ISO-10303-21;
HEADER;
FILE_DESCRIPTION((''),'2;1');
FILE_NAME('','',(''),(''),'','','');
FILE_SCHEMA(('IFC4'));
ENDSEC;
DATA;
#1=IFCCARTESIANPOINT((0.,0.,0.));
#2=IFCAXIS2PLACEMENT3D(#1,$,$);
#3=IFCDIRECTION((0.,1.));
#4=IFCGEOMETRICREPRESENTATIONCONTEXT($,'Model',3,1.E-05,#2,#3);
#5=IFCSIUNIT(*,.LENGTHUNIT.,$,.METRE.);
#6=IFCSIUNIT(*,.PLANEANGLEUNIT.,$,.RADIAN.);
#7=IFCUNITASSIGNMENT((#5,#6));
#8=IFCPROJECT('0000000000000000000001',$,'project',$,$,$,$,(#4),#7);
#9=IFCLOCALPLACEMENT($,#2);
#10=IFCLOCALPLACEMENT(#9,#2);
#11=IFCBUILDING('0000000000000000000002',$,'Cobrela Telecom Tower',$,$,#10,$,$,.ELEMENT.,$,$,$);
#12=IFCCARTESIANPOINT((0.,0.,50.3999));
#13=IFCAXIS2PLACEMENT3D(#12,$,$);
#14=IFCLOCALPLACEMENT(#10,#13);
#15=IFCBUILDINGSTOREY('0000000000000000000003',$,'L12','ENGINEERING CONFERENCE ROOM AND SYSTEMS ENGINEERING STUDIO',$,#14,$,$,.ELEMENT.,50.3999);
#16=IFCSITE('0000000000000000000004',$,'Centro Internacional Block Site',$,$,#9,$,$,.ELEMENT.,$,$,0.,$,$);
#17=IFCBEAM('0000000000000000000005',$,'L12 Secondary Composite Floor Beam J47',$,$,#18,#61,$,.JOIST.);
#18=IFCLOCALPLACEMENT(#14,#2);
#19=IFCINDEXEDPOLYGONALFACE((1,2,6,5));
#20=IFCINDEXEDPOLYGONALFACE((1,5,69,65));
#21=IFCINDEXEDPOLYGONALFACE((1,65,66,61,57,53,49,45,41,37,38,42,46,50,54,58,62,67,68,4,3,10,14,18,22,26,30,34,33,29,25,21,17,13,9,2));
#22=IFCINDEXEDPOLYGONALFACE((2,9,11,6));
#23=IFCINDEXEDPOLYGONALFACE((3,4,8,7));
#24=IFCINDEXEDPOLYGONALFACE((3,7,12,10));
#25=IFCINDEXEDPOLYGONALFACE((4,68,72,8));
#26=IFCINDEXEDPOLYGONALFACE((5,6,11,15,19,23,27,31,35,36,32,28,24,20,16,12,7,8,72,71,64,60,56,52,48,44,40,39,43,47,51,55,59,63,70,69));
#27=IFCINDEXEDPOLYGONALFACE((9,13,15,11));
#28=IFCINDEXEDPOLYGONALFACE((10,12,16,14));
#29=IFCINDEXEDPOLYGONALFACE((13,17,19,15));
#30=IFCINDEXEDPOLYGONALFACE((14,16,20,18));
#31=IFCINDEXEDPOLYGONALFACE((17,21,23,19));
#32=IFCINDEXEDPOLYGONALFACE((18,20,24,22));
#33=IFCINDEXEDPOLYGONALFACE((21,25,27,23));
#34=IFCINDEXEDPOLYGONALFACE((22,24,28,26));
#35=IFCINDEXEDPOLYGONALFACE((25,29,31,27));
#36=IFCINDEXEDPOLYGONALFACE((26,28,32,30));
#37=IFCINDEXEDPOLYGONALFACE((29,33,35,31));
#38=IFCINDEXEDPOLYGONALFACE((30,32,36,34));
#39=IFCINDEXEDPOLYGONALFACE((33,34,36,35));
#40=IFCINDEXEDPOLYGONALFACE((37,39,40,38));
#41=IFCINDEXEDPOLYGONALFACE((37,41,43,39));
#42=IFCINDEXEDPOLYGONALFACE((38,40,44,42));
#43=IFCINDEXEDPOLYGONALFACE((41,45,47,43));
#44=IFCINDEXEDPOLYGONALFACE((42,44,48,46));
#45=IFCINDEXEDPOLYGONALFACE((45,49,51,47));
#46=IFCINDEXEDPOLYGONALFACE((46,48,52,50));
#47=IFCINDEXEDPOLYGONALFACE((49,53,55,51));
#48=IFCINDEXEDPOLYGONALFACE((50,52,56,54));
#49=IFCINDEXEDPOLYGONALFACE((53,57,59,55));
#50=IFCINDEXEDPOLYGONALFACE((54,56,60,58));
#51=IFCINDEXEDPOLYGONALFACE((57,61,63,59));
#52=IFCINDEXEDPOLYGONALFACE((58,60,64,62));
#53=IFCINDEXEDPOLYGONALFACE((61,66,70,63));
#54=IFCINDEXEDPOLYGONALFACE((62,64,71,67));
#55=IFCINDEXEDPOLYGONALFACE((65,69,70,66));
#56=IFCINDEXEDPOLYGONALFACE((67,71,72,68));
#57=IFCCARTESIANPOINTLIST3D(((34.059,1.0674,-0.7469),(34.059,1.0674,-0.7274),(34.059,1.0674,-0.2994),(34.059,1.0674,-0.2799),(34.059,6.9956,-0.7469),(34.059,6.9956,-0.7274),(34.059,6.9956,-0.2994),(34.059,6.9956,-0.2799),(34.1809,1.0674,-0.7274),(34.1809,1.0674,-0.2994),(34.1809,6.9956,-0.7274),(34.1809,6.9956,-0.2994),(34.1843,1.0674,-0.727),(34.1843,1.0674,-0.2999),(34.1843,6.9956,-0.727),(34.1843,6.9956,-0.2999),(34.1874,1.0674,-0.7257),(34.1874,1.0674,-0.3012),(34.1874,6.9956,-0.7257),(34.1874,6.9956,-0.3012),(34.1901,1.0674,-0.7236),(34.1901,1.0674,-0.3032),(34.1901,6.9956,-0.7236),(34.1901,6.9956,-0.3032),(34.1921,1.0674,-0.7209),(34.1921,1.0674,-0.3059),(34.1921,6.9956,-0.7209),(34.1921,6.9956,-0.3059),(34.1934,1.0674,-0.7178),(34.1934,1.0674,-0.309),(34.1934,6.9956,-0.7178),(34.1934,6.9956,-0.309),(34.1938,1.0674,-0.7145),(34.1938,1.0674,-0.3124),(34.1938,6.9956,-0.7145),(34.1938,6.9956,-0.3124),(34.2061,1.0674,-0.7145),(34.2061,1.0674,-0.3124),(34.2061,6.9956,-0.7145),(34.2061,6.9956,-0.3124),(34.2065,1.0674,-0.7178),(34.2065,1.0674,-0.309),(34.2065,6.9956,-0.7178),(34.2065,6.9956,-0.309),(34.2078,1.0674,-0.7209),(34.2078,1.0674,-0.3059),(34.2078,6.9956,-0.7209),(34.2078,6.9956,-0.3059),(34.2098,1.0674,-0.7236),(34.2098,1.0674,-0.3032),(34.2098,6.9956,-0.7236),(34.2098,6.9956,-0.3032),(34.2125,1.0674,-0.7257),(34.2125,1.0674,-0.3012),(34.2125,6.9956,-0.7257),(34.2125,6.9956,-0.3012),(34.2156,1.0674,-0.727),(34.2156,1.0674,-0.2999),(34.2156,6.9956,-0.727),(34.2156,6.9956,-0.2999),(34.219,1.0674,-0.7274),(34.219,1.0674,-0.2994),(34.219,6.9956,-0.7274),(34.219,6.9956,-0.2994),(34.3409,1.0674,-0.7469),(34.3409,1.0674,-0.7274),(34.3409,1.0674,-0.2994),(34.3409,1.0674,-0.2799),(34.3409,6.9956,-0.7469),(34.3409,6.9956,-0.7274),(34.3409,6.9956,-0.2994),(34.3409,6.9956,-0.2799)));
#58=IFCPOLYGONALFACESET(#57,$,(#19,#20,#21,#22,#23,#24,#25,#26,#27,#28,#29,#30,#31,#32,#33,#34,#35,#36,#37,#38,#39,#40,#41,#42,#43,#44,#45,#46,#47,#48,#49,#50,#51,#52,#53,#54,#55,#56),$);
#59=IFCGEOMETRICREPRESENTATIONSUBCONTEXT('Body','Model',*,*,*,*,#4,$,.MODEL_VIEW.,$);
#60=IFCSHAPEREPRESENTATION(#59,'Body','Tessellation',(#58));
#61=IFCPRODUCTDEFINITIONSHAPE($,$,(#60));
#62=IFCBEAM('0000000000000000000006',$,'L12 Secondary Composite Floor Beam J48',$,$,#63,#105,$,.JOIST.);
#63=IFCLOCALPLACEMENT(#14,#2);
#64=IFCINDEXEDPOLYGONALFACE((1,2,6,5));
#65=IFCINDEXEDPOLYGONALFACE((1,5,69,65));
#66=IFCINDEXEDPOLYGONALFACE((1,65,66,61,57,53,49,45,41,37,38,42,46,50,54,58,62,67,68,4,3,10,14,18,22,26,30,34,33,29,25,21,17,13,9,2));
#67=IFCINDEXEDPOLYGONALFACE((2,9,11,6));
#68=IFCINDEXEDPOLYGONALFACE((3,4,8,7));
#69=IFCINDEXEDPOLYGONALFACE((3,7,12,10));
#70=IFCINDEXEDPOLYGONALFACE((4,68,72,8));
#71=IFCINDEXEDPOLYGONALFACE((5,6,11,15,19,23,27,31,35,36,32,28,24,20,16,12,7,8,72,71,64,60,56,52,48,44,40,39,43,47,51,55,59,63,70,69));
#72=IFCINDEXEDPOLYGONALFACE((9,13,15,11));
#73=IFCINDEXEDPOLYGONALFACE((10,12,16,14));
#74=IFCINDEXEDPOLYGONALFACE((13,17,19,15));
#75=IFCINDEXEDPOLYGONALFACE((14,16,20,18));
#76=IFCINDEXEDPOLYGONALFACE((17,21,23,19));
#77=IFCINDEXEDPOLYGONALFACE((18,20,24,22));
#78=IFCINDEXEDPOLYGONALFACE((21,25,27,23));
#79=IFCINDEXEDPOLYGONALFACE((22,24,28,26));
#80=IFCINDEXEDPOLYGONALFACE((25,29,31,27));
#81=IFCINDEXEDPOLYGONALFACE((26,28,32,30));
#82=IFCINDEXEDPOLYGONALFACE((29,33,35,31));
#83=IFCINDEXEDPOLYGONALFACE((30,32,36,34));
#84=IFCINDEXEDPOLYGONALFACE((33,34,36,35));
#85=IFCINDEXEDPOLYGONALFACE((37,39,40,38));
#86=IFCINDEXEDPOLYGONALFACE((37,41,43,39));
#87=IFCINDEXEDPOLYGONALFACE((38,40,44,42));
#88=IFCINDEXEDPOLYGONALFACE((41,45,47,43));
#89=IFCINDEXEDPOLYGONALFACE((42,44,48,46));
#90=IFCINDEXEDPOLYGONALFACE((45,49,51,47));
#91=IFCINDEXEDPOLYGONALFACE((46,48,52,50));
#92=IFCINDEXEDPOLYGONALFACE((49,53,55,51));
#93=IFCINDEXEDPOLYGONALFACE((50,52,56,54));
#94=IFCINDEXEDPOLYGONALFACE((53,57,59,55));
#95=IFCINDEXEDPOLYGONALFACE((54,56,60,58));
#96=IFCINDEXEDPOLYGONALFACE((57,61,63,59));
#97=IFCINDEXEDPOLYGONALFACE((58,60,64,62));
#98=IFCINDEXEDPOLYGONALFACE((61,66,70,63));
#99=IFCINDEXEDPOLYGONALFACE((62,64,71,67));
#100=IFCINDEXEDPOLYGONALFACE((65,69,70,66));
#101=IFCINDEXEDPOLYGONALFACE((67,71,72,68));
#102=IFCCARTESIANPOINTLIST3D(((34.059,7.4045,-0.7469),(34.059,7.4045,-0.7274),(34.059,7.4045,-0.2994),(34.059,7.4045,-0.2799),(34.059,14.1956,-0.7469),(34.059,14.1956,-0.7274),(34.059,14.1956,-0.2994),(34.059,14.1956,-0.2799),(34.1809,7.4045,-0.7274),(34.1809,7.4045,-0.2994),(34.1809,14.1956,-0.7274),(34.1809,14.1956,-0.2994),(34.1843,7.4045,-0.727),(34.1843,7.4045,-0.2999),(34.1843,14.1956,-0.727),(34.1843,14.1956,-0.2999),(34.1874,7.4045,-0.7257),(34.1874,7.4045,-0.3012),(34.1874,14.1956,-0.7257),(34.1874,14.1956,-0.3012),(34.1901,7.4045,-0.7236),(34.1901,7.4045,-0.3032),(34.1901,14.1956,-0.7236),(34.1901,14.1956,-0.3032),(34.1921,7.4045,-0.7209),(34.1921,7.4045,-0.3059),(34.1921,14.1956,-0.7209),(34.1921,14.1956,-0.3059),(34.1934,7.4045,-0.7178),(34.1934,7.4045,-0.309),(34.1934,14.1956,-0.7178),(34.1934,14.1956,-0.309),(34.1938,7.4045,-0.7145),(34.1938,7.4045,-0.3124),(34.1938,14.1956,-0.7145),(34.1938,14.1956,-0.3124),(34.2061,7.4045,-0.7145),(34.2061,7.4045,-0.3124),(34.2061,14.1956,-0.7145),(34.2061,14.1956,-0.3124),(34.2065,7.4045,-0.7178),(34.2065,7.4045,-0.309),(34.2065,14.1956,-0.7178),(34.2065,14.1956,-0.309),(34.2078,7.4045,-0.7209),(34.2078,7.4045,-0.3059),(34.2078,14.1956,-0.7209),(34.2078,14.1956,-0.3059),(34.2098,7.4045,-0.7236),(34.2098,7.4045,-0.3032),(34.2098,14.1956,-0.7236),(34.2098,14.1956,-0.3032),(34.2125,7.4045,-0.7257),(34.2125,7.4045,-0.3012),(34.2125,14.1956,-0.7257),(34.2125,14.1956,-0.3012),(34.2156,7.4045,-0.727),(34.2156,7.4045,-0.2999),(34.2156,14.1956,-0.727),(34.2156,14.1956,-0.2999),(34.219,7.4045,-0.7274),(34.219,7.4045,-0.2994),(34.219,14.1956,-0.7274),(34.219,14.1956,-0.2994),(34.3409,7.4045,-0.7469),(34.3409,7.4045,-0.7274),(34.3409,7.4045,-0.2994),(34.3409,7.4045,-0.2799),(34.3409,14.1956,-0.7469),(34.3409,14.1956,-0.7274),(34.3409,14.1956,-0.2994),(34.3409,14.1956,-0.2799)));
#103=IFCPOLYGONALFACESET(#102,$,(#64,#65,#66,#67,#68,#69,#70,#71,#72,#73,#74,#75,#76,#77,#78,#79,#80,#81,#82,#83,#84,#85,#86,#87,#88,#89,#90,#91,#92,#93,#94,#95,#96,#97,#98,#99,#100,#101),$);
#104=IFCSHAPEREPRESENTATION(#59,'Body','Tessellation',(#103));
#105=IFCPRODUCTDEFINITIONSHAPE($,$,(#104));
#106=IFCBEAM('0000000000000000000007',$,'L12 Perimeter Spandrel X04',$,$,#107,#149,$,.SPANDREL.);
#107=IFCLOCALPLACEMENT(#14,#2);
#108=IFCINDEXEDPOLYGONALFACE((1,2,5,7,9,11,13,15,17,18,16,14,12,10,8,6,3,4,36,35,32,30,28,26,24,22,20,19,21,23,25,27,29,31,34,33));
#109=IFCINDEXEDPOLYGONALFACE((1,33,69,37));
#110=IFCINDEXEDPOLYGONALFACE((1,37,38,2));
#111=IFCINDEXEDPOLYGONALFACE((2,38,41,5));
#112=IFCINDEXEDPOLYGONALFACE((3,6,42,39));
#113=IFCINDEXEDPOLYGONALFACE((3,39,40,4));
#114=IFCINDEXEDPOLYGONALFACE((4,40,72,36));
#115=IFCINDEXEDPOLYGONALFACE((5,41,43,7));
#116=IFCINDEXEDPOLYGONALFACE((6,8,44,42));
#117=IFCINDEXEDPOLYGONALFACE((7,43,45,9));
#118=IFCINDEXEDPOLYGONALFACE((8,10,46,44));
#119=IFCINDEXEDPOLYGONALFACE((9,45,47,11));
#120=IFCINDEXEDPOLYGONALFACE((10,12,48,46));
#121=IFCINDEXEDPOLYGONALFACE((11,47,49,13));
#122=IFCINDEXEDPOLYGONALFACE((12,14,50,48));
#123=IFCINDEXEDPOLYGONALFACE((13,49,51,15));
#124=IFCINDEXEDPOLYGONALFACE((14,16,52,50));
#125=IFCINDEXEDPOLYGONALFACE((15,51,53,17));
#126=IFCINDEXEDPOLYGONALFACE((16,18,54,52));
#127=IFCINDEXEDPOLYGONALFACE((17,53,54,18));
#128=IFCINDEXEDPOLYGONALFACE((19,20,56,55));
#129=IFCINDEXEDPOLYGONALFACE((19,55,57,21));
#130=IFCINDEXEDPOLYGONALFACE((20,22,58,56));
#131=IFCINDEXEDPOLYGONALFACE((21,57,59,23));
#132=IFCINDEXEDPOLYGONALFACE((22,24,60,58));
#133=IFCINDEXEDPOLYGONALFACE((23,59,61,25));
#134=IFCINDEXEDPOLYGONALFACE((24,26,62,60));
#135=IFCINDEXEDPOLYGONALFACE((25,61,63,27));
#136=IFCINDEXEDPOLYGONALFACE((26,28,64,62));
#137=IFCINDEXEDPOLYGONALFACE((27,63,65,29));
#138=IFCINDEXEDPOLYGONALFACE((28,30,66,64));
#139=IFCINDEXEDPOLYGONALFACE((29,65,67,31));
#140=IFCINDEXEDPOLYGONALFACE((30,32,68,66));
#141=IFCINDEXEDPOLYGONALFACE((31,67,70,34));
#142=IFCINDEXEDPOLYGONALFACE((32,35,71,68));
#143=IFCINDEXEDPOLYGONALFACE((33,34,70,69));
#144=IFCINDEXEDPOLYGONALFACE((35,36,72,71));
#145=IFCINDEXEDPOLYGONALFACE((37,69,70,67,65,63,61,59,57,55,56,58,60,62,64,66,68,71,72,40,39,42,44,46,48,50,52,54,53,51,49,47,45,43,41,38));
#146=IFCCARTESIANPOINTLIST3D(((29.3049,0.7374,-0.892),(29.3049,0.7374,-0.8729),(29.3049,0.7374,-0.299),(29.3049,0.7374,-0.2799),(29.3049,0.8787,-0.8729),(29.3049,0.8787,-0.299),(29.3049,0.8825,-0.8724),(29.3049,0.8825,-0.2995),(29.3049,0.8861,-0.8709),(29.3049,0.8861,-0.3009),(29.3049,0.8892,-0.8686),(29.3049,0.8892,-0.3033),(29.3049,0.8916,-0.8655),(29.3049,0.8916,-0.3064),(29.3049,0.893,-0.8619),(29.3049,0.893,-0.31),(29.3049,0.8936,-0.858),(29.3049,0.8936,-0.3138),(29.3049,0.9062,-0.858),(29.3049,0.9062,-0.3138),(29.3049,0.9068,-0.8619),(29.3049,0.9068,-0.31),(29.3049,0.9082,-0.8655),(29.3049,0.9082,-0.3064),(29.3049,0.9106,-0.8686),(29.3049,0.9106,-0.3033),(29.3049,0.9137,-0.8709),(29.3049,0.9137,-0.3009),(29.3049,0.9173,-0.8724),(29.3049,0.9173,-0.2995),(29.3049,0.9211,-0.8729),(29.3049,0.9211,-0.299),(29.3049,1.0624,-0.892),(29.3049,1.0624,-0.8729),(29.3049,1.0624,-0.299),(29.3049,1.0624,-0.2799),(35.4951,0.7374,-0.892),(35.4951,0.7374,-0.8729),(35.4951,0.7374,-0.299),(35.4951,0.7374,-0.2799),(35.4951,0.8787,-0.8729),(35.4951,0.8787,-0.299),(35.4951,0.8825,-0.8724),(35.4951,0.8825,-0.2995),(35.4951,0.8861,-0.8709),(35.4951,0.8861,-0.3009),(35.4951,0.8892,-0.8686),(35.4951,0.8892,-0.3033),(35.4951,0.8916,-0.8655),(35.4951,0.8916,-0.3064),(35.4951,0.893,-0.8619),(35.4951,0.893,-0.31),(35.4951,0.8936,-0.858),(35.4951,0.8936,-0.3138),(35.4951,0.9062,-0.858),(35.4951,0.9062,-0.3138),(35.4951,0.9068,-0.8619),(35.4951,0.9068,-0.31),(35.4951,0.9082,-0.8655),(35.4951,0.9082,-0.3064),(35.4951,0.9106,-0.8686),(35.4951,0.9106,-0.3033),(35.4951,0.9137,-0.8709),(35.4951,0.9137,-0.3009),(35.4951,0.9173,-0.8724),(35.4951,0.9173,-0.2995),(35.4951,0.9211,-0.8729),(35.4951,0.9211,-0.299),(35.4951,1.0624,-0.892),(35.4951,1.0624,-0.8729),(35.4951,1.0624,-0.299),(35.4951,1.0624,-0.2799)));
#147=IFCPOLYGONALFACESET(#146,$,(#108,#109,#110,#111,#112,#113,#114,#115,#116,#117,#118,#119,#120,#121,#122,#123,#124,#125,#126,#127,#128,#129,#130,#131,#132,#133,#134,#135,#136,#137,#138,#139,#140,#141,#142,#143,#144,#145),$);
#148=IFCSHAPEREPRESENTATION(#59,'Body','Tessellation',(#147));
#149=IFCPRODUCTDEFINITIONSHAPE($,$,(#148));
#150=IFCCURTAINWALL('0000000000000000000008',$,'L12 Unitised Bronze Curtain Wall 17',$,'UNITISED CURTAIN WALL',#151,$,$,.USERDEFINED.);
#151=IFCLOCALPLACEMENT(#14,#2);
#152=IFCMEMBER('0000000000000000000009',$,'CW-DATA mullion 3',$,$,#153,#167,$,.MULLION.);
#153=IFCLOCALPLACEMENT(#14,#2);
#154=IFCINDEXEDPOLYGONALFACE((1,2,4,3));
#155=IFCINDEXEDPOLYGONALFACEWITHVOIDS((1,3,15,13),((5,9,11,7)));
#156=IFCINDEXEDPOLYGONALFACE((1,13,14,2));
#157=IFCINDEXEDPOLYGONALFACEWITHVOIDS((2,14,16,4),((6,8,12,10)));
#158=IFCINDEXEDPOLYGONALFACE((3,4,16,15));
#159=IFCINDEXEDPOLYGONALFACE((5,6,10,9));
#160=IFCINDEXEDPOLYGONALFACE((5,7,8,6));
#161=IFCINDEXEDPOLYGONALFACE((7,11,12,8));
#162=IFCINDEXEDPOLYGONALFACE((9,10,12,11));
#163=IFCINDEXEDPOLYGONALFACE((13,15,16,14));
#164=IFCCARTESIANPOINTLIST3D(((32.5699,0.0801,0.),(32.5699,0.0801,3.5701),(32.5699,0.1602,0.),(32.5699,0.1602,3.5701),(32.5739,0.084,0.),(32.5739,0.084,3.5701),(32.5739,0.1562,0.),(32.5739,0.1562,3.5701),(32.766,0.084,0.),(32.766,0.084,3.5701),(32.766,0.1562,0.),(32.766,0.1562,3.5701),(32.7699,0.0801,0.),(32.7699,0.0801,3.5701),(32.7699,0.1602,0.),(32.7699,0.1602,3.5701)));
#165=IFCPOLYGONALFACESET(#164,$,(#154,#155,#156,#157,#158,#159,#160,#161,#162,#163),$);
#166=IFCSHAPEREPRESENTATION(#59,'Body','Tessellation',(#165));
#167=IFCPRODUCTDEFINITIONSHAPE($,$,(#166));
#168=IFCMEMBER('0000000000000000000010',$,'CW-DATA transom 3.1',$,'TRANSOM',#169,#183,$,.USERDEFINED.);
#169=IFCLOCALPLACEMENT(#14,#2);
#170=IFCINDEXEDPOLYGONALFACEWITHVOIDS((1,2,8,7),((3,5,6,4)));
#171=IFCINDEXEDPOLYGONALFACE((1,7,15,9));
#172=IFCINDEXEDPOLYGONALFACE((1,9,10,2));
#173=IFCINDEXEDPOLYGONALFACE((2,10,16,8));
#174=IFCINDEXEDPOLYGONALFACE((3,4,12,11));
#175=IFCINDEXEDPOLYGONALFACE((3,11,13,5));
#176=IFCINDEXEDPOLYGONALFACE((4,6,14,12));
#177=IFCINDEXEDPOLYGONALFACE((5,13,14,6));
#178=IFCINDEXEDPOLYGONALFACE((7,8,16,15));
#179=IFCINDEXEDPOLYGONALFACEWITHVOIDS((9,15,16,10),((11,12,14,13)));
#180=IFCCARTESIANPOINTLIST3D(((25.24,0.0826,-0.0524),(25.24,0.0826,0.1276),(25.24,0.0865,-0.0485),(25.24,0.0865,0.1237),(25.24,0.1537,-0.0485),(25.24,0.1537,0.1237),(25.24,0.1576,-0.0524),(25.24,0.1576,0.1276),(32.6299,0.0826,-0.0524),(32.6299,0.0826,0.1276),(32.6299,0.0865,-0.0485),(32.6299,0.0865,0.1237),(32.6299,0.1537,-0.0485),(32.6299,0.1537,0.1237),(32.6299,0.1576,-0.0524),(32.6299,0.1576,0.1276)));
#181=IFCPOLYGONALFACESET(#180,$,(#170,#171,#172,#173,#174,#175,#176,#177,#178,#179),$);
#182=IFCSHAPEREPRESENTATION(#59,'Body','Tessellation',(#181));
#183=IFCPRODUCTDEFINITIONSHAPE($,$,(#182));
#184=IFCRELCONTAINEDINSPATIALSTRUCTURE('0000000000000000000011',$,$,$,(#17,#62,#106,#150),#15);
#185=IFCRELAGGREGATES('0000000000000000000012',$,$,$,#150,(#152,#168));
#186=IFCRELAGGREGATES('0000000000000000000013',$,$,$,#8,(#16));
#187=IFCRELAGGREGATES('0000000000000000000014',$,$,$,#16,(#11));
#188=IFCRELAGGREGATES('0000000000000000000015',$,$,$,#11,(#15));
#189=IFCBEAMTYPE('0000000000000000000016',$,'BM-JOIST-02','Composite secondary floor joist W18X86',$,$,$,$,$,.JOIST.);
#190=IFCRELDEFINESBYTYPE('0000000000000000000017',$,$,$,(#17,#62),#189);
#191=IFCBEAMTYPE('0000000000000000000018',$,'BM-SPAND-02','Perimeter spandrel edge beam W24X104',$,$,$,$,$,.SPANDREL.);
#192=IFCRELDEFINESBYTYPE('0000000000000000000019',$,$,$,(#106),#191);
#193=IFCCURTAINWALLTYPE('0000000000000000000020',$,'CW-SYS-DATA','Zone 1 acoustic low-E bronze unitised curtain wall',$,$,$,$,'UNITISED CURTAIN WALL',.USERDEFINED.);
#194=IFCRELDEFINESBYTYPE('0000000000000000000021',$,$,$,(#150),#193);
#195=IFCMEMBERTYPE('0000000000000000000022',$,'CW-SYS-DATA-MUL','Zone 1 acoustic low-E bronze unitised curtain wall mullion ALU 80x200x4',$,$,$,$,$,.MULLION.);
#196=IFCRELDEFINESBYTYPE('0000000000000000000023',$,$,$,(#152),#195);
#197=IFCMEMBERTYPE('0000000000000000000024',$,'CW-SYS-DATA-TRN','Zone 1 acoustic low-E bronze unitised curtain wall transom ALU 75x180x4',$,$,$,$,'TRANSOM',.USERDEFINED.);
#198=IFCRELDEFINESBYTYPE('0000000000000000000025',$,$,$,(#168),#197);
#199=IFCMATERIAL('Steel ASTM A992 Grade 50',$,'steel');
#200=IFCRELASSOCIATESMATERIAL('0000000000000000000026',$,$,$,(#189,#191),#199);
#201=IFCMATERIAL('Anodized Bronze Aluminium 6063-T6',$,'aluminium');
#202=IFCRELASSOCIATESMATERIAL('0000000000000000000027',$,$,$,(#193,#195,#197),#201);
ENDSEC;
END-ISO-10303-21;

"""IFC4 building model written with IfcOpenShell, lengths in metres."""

from ifc_helpers import new_model, si_unit, direction, frame, origin, origin_2d, place, context, subcontext, project, spatial, hollow_rectangle, i_section, extrude, material, material_profile, profile_set, type_object, element, aggregate, save


model = new_model("IFC4")

# Units and contexts
model_context = context("Model", 3, precision=1e-05, world=origin(), true_north=direction((0.0, 1.0)))
body_context = subcontext(model_context, "Body", "Model", "MODEL_VIEW")
ifc_project = project(units=[si_unit("LENGTHUNIT", "METRE"), si_unit("PLANEANGLEUNIT", "RADIAN")], contexts=[model_context])

# Site, building, storey
site_placement = place(None, origin())
site = spatial("IfcSite", under=ifc_project, at=site_placement, Name="Centro Internacional Block Site", CompositionType="ELEMENT", RefElevation=0.0)
building_placement = place(site_placement, origin())
building = spatial("IfcBuilding", under=site, at=building_placement, Name="Cobrela Telecom Tower", CompositionType="ELEMENT")
storey_placement = place(building_placement, frame((0.0, 0.0, 50.3999)))
storey = spatial("IfcBuildingStorey", under=building, at=storey_placement, Name="L12", Description="ENGINEERING CONFERENCE ROOM AND SYSTEMS ENGINEERING STUDIO", CompositionType="ELEMENT", Elevation=50.3999)

# Shared definitions
ifc_material_1 = material(Name="Steel ASTM A992 Grade 50", Category="steel")

# Beams
ifc_material_profile_1 = material_profile(ifc_material_1, i_section(OverallWidth=0.282, OverallDepth=0.467, WebThickness=0.0122, FlangeThickness=0.0195, FilletRadius=0.0129, at=origin_2d()), Name="W18X86")
ifc_profile_set_1 = profile_set([ifc_material_profile_1], Name="Steel ASTM A992 Grade 50")
beam_type_1 = type_object("IfcBeamType", Name="BM-JOIST-02", Description="Composite secondary floor joist W18X86", PredefinedType="JOIST", material=ifc_profile_set_1)
beam_1_placement = place(storey_placement, frame((34.2, 1.0674, -0.5134), z_axis=(0.0, 1.0, 0.0), x_axis=(-1.0, 0.0, 0.0)))
element("IfcBeam", 1, at=beam_1_placement, inside=storey, type_object=beam_type_1, Name="L12 Secondary Composite Floor Beam J47", PredefinedType="JOIST", context=body_context, shape_type="SweptSolid", body=[
    extrude(i_section(OverallWidth=0.282, OverallDepth=0.467, WebThickness=0.0122, FlangeThickness=0.0195, FilletRadius=0.0129, at=origin_2d()), origin(), (0.0, 0.0, 1.0), 5.9282),
])
beam_2_placement = place(storey_placement, frame((34.2, 7.4045, -0.5134), z_axis=(0.0, 1.0, 0.0), x_axis=(-1.0, 0.0, 0.0)))
element("IfcBeam", 2, at=beam_2_placement, inside=storey, type_object=beam_type_1, Name="L12 Secondary Composite Floor Beam J48", PredefinedType="JOIST", context=body_context, shape_type="SweptSolid", body=[
    extrude(i_section(OverallWidth=0.282, OverallDepth=0.467, WebThickness=0.0122, FlangeThickness=0.0195, FilletRadius=0.0129, at=origin_2d()), origin(), (0.0, 0.0, 1.0), 6.791),
])
ifc_material_profile_2 = material_profile(ifc_material_1, i_section(OverallWidth=0.325, OverallDepth=0.6121, WebThickness=0.0127, FlangeThickness=0.019, FilletRadius=0.0149, at=origin_2d()), Name="W24X104")
ifc_profile_set_2 = profile_set([ifc_material_profile_2], Name="Steel ASTM A992 Grade 50")
beam_type_2 = type_object("IfcBeamType", Name="BM-SPAND-02", Description="Perimeter spandrel edge beam W24X104", PredefinedType="SPANDREL", material=ifc_profile_set_2)
beam_3_placement = place(storey_placement, frame((29.3049, 0.8999, -0.5859), z_axis=(1.0, 0.0, 0.0), x_axis=(0.0, 1.0, 0.0)))
element("IfcBeam", 3, at=beam_3_placement, inside=storey, type_object=beam_type_2, Name="L12 Perimeter Spandrel X04", PredefinedType="SPANDREL", context=body_context, shape_type="SweptSolid", body=[
    extrude(i_section(OverallWidth=0.325, OverallDepth=0.6121, WebThickness=0.0127, FlangeThickness=0.019, FilletRadius=0.0149, at=origin_2d()), origin(), (0.0, 0.0, 1.0), 6.1902),
])

# Curtain wall, members
ifc_material_2 = material(Name="Anodized Bronze Aluminium 6063-T6", Category="aluminium")
curtain_wall_type = type_object("IfcCurtainWallType", Name="CW-SYS-DATA", Description="Zone 1 acoustic low-E bronze unitised curtain wall", ElementType="UNITISED CURTAIN WALL", PredefinedType="USERDEFINED", material=ifc_material_2)
curtain_wall_placement = place(storey_placement, origin())
curtain_wall = element("IfcCurtainWall", 4, at=curtain_wall_placement, inside=storey, type_object=curtain_wall_type, Name="L12 Unitised Bronze Curtain Wall 17", ObjectType="UNITISED CURTAIN WALL", PredefinedType="USERDEFINED")
ifc_material_profile_3 = material_profile(ifc_material_2, hollow_rectangle(XDim=0.0801, YDim=0.2, WallThickness=0.0039, at=origin_2d()), Name="ALU 80x200x4")
ifc_profile_set_3 = profile_set([ifc_material_profile_3], Name="Anodized Bronze Aluminium 6063-T6")
member_type_1 = type_object("IfcMemberType", Name="CW-SYS-DATA-MUL", Description="Zone 1 acoustic low-E bronze unitised curtain wall mullion ALU 80x200x4", PredefinedType="MULLION", material=ifc_profile_set_3)
member_1_placement = place(storey_placement, frame((32.6699, 0.1201, 0.0), z_axis=(0.0, 0.0, 1.0), x_axis=(0.0, -1.0, 0.0)))
member_1 = element("IfcMember", 5, at=member_1_placement, type_object=member_type_1, Name="CW-DATA mullion 3", PredefinedType="MULLION", context=body_context, shape_type="SweptSolid", body=[
    extrude(hollow_rectangle(XDim=0.0801, YDim=0.2, WallThickness=0.0039, at=origin_2d()), origin(), (0.0, 0.0, 1.0), 3.5701),
])
ifc_material_profile_4 = material_profile(ifc_material_2, hollow_rectangle(XDim=0.075, YDim=0.1799, WallThickness=0.0039, at=origin_2d()), Name="ALU 75x180x4")
ifc_profile_set_4 = profile_set([ifc_material_profile_4], Name="Anodized Bronze Aluminium 6063-T6")
member_type_2 = type_object("IfcMemberType", Name="CW-SYS-DATA-TRN", Description="Zone 1 acoustic low-E bronze unitised curtain wall transom ALU 75x180x4", ElementType="TRANSOM", PredefinedType="USERDEFINED", material=ifc_profile_set_4)
member_2_placement = place(storey_placement, frame((32.6299, 0.1201, 0.0376), z_axis=(-1.0, 0.0, 0.0), x_axis=(0.0, -1.0, 0.0)))
member_2 = element("IfcMember", 6, at=member_2_placement, type_object=member_type_2, Name="CW-DATA transom 3.1", ObjectType="TRANSOM", PredefinedType="USERDEFINED", context=body_context, shape_type="SweptSolid", body=[
    extrude(hollow_rectangle(XDim=0.075, YDim=0.1799, WallThickness=0.0039, at=origin_2d()), origin(), (0.0, 0.0, 1.0), 7.3899),
])
aggregate(curtain_wall, [member_1, member_2])

save(model, "model.ifc")
